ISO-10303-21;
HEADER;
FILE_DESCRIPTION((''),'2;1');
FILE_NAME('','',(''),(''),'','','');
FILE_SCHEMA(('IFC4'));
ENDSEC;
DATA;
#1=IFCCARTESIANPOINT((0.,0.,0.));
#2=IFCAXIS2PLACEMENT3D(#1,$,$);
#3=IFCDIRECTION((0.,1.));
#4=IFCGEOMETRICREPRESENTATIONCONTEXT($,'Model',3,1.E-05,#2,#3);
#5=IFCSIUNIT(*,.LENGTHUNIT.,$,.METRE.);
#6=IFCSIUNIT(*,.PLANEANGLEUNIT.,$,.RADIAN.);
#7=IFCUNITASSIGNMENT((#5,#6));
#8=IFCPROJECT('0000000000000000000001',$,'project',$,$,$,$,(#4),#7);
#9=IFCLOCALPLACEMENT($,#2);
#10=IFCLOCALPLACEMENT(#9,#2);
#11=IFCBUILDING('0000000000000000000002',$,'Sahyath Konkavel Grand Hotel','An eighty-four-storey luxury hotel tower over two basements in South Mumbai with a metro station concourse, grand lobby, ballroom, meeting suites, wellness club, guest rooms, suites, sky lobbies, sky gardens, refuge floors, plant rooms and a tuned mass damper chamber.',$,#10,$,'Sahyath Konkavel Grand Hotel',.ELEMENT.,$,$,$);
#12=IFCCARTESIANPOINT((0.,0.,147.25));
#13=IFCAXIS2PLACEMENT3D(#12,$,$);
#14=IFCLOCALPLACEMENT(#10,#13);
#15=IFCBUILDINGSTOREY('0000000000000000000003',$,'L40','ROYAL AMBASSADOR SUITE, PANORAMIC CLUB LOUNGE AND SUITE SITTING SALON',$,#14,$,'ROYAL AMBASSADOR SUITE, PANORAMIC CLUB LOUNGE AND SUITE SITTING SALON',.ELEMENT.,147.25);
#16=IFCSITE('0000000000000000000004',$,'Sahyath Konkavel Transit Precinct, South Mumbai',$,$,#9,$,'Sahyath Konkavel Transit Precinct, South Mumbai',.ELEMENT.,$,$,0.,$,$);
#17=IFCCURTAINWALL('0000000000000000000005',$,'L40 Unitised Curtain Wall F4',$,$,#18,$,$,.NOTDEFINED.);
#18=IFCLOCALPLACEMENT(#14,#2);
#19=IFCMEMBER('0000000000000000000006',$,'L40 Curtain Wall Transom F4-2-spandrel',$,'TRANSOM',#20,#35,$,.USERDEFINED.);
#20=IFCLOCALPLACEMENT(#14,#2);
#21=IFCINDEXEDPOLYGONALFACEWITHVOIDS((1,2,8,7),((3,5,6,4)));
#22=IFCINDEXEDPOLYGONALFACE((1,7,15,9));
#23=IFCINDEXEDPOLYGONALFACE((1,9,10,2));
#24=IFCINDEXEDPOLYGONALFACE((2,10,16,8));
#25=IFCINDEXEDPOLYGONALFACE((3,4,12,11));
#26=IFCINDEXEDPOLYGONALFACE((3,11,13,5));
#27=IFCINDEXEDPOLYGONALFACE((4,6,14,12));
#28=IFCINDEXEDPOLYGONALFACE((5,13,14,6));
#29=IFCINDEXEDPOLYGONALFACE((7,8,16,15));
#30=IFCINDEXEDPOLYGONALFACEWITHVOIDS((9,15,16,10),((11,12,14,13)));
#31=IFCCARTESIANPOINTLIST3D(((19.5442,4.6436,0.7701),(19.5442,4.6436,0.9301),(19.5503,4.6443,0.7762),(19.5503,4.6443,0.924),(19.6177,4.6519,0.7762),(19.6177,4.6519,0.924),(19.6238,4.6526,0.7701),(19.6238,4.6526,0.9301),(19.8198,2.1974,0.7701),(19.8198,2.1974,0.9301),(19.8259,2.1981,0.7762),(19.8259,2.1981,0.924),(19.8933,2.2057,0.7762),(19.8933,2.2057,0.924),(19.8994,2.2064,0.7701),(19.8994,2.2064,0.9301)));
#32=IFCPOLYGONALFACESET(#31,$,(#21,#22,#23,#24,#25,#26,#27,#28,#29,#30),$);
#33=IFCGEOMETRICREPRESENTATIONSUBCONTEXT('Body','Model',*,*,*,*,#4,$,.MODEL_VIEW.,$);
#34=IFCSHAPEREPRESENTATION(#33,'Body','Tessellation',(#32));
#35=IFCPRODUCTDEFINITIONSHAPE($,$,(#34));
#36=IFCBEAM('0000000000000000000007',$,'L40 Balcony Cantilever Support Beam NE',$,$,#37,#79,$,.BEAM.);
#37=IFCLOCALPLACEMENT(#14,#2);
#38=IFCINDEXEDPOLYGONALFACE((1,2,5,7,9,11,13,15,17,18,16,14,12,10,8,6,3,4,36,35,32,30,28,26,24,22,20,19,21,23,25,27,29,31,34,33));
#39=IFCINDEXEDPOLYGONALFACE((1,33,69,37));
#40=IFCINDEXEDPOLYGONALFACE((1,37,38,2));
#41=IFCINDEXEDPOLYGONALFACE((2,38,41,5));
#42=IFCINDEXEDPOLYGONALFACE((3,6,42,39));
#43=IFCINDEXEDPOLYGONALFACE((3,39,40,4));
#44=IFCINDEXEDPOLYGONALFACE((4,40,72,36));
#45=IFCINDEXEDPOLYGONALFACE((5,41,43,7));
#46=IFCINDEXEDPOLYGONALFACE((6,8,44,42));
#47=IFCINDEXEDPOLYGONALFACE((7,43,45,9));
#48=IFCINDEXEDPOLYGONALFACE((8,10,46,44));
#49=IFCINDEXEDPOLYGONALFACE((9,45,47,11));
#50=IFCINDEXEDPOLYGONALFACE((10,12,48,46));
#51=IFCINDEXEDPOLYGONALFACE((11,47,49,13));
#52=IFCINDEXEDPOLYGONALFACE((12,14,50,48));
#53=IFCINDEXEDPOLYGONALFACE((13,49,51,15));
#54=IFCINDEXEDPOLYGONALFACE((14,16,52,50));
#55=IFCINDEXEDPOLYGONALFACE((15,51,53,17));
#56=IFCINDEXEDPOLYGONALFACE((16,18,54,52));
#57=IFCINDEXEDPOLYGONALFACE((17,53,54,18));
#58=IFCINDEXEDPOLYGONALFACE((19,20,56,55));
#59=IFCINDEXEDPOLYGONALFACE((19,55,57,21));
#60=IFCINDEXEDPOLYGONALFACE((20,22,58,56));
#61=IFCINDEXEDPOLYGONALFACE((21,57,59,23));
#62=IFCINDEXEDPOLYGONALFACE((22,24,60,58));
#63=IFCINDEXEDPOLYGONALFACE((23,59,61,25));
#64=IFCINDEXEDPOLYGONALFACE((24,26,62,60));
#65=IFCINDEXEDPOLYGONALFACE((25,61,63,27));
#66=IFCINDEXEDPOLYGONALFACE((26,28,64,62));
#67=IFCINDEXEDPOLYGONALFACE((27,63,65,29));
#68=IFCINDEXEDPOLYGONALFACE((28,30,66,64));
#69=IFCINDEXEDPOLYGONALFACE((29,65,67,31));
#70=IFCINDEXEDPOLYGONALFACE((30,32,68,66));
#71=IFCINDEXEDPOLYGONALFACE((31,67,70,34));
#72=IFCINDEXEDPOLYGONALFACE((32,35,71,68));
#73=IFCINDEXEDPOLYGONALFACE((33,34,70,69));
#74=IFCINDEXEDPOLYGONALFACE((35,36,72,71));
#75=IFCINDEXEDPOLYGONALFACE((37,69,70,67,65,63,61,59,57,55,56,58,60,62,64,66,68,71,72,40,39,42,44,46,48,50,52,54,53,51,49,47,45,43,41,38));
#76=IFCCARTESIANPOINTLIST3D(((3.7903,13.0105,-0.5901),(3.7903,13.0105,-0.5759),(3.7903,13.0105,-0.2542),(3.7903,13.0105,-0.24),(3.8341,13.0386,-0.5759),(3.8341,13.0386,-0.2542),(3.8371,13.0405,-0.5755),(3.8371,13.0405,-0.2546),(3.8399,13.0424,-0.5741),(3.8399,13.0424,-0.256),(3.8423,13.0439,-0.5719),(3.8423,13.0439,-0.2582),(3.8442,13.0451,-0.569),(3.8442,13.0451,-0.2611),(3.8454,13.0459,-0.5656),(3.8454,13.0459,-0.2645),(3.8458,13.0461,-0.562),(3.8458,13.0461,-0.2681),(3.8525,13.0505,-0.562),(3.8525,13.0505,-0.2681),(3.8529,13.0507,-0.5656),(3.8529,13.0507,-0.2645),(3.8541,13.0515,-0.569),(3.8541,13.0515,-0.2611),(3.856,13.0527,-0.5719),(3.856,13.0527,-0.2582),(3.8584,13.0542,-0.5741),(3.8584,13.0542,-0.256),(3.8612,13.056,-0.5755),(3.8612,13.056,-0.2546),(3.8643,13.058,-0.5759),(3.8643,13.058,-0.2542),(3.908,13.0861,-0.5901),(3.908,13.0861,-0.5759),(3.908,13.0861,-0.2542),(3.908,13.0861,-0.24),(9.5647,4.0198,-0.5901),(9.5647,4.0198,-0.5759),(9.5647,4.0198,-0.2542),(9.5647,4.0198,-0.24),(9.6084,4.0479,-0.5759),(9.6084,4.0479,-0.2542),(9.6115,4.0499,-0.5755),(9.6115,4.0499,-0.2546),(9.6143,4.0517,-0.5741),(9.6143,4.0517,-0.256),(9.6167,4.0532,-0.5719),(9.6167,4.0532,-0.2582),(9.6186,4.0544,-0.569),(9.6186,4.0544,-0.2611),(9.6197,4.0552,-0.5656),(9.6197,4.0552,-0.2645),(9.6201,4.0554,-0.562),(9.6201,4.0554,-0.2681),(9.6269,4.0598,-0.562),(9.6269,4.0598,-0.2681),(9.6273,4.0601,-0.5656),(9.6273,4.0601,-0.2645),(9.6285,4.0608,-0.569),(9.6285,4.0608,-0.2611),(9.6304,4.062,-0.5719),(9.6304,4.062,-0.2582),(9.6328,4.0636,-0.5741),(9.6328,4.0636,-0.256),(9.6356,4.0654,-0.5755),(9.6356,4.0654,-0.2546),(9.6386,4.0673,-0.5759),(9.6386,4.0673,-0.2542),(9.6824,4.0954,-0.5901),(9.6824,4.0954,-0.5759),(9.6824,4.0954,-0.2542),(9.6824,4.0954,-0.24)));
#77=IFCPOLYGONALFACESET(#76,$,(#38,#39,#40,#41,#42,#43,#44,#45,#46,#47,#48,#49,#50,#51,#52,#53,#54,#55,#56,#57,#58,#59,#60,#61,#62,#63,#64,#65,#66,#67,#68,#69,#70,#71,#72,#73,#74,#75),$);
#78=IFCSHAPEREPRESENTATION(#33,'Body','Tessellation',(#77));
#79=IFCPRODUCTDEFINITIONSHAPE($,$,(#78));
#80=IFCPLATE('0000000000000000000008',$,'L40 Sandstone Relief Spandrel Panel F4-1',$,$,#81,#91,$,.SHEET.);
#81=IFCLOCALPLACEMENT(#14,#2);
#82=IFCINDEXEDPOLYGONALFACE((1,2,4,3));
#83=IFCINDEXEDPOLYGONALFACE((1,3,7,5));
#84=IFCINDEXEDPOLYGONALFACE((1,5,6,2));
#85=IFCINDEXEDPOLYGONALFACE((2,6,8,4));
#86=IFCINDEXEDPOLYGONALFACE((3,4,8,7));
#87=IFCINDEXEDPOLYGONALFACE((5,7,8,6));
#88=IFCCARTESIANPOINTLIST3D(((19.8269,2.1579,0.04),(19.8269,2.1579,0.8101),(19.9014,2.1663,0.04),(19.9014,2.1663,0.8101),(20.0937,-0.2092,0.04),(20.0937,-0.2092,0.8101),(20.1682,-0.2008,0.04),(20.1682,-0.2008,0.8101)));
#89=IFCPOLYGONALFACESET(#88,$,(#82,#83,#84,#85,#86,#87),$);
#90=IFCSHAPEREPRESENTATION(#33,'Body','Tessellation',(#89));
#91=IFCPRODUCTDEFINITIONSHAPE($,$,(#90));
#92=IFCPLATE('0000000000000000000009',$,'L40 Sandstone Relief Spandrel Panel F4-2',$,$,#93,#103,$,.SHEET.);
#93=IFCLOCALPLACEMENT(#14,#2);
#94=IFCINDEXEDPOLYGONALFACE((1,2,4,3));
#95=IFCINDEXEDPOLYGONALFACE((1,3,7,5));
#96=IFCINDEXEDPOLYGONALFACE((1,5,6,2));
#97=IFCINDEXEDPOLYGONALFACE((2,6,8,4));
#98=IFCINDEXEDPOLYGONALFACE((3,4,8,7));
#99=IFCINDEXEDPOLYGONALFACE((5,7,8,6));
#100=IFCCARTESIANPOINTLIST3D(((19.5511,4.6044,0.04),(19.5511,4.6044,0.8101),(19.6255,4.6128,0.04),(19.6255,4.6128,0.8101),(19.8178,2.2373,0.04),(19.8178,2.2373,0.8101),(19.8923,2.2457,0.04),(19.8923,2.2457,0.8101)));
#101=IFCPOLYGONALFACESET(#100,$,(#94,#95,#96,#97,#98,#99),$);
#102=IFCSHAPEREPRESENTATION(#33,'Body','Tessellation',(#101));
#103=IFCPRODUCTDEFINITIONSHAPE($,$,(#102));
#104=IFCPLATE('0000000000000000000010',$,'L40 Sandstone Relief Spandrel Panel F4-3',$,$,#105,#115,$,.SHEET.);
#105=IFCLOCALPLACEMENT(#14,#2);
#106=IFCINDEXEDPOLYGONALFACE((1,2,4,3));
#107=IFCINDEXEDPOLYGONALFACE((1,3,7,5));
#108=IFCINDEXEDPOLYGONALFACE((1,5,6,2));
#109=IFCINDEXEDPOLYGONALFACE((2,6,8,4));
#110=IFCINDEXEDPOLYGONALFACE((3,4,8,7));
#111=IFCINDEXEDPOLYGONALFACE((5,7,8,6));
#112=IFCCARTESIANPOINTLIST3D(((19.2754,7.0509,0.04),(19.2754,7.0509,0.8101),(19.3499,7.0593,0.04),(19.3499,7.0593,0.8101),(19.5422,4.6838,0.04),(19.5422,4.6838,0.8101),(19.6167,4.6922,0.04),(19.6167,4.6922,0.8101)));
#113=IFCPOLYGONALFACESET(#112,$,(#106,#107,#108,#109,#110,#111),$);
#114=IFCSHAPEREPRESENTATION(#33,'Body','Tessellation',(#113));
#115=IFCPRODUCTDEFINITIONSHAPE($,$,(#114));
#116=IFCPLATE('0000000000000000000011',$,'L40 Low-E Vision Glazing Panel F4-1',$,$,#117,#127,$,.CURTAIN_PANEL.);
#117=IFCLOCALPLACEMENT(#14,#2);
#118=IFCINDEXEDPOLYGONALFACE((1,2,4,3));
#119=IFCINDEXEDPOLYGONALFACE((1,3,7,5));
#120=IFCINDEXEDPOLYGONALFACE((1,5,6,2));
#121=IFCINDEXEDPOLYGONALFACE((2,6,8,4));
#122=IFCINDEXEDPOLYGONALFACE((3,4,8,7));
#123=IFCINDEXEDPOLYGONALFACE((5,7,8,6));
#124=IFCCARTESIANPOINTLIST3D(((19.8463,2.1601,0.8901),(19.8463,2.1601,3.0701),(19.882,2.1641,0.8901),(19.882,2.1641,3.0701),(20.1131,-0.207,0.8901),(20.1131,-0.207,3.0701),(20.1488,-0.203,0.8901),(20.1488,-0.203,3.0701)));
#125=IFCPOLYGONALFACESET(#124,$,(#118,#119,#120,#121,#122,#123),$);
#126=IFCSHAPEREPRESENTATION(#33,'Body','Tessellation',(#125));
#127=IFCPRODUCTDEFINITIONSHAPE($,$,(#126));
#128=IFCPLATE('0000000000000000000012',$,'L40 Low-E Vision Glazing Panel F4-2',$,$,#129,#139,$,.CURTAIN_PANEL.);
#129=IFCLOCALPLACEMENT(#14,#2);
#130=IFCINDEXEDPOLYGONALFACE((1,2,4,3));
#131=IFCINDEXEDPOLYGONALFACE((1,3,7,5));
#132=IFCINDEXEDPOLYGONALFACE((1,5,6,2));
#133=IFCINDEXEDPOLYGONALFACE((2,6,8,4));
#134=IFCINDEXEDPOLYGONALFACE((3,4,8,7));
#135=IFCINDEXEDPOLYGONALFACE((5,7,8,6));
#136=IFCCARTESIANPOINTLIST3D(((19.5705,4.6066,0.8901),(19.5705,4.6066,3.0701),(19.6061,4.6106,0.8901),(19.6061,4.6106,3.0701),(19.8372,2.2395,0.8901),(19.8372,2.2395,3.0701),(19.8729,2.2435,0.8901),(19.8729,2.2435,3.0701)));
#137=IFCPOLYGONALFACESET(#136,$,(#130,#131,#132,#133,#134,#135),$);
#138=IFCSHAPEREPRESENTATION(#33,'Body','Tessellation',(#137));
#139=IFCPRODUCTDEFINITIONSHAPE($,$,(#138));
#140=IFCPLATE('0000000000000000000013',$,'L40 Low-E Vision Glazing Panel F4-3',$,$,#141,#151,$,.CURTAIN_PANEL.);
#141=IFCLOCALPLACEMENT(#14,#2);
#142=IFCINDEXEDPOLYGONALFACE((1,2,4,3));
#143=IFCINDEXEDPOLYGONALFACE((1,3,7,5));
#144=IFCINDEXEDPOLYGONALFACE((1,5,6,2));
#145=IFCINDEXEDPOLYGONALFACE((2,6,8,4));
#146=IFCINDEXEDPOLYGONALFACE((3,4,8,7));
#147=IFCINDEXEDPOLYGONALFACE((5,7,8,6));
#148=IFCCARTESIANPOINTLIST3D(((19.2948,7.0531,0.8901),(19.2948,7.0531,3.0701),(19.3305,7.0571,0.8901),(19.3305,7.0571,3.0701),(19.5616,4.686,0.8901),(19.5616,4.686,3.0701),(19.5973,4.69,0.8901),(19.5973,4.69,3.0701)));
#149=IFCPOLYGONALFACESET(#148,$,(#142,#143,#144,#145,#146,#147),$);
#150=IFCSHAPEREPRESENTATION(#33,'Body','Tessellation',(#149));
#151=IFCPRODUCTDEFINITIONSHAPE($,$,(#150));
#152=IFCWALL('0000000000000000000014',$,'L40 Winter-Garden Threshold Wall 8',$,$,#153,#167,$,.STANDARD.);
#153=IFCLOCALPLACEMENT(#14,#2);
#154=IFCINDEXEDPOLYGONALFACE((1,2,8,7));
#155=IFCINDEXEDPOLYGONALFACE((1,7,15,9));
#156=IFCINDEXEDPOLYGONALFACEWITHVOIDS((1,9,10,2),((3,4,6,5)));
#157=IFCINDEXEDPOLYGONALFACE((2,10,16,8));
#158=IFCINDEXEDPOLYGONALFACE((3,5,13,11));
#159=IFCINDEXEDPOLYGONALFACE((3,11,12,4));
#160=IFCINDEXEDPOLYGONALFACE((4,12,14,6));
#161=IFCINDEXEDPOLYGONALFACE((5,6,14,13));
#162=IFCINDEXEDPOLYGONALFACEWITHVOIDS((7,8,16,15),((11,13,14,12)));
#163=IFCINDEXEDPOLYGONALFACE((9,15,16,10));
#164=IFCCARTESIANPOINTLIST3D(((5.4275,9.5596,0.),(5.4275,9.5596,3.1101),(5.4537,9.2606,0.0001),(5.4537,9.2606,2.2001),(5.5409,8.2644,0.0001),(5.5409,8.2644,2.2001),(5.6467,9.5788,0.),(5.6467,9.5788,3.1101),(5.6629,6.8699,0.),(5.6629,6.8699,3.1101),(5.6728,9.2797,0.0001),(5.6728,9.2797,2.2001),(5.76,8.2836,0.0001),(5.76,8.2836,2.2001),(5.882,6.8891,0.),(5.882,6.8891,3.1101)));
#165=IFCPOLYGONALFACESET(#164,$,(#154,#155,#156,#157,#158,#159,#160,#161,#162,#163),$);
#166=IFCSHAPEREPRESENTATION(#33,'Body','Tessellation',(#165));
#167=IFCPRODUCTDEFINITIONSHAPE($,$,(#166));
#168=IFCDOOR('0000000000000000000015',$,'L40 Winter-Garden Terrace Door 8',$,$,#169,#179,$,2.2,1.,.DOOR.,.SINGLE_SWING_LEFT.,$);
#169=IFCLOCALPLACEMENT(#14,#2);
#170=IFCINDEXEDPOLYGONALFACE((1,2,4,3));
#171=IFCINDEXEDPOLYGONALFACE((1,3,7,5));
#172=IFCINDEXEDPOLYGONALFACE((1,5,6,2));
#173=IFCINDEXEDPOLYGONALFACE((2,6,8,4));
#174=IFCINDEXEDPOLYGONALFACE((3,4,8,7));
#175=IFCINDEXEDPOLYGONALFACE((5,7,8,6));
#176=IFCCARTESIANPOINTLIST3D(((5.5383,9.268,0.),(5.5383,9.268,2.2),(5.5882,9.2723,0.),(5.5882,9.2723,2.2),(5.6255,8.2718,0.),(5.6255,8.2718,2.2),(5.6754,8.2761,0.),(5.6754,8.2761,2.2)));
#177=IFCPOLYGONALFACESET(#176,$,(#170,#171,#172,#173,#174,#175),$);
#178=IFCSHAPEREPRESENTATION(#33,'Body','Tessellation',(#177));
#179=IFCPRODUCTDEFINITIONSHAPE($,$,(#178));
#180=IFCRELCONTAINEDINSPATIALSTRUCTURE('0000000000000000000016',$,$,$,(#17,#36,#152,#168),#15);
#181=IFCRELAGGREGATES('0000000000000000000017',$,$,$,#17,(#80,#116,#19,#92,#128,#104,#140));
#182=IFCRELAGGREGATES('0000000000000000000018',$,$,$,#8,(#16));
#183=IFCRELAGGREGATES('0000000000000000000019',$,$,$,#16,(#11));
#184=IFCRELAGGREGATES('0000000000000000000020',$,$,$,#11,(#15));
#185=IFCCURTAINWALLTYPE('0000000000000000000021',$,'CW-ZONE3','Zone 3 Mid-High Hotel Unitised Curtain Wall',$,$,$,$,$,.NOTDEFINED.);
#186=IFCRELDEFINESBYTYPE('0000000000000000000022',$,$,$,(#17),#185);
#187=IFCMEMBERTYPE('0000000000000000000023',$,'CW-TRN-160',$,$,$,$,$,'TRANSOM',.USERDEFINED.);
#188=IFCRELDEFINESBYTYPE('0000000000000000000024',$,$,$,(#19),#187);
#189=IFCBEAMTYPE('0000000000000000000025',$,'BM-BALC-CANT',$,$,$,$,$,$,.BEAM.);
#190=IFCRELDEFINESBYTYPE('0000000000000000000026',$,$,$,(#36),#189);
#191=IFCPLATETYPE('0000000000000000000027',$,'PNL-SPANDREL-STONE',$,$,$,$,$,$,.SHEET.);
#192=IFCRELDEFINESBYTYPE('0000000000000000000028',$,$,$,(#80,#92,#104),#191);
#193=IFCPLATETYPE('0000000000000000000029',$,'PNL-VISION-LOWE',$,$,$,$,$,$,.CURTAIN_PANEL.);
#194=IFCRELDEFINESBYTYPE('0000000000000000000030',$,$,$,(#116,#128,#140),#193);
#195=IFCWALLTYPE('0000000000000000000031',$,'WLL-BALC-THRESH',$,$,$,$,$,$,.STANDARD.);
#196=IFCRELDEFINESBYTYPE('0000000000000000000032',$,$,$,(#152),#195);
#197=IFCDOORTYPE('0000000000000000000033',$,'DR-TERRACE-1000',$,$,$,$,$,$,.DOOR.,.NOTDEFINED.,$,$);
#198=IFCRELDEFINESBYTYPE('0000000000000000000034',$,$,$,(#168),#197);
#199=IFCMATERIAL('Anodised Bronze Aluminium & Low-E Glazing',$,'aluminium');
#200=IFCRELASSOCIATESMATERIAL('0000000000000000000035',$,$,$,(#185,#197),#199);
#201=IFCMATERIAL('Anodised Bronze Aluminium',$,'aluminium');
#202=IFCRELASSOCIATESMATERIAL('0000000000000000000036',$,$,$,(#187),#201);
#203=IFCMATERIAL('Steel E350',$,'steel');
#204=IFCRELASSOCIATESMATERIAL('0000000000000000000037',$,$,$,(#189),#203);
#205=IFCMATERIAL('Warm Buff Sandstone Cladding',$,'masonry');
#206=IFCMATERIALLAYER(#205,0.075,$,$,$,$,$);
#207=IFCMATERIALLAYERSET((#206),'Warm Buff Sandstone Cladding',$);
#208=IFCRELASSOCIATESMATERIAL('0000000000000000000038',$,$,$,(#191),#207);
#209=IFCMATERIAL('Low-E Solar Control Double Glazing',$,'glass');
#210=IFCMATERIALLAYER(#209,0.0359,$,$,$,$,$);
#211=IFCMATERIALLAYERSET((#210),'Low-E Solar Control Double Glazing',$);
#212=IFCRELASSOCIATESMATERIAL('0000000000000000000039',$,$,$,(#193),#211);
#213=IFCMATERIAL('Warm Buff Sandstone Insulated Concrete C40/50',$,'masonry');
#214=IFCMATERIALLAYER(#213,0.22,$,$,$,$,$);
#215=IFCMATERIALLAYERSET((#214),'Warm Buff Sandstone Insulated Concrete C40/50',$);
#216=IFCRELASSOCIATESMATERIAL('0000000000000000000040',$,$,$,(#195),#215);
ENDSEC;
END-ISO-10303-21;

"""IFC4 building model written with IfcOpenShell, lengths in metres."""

from ifc_helpers import new_model, si_unit, direction, frame, frame_2d, origin, origin_2d, place, context, subcontext, project, spatial, rectangle, hollow_rectangle, i_section, extrude, source, transform, mapped, material, layer, layer_set, material_profile, profile_set, type_object, element, fill, aggregate, save


model = new_model("IFC4")

# Units and contexts
model_context = context("Model", 3, precision=1e-05, world=origin(), true_north=direction((0.0, 1.0)))
body_context = subcontext(model_context, "Body", "Model", "MODEL_VIEW")
ifc_project = project(units=[si_unit("LENGTHUNIT", "METRE"), si_unit("PLANEANGLEUNIT", "RADIAN")], contexts=[model_context])

# Site, building, storey
site_placement = place(None, origin())
site = spatial("IfcSite", under=ifc_project, at=site_placement, Name="Sahyath Konkavel Transit Precinct, South Mumbai", LongName="Sahyath Konkavel Transit Precinct, South Mumbai", CompositionType="ELEMENT", RefElevation=0.0)
building_placement = place(site_placement, origin())
building = spatial("IfcBuilding", under=site, at=building_placement, Name="Sahyath Konkavel Grand Hotel", Description="An eighty-four-storey luxury hotel tower over two basements in South Mumbai with a metro station concourse, grand lobby, ballroom, meeting suites, wellness club, guest rooms, suites, sky lobbies, sky gardens, refuge floors, plant rooms and a tuned mass damper chamber.", LongName="Sahyath Konkavel Grand Hotel", CompositionType="ELEMENT")
storey_placement = place(building_placement, frame((0.0, 0.0, 147.25)))
storey = spatial("IfcBuildingStorey", under=building, at=storey_placement, Name="L40", Description="ROYAL AMBASSADOR SUITE, PANORAMIC CLUB LOUNGE AND SUITE SITTING SALON", LongName="ROYAL AMBASSADOR SUITE, PANORAMIC CLUB LOUNGE AND SUITE SITTING SALON", CompositionType="ELEMENT", Elevation=147.25)

# Shared definitions
ifc_material_1 = material(Name="Steel E350", Category="steel")

# Curtain wall
ifc_material_2 = material(Name="Anodised Bronze Aluminium & Low-E Glazing", Category="aluminium")
curtain_wall_type = type_object("IfcCurtainWallType", Name="CW-ZONE3", Description="Zone 3 Mid-High Hotel Unitised Curtain Wall", PredefinedType="NOTDEFINED", material=ifc_material_2)
curtain_wall_1_placement = place(storey_placement, origin())
curtain_wall_1 = element("IfcCurtainWall", 1, at=curtain_wall_1_placement, inside=storey, type_object=curtain_wall_type, Name="L40 Unitised Curtain Wall F4", PredefinedType="NOTDEFINED")
ifc_material_3 = material(Name="Anodised Bronze Aluminium", Category="aluminium")

# Member
ifc_material_profile_1 = material_profile(ifc_material_3, hollow_rectangle(XDim=0.0801, YDim=0.1599, WallThickness=0.0061, at=origin_2d()), Name="RHS 160x80x6")
ifc_profile_set_1 = profile_set([ifc_material_profile_1], Name="Anodised Bronze Aluminium")
member_type_1 = type_object("IfcMemberType", Name="CW-TRN-160", ElementType="TRANSOM", PredefinedType="USERDEFINED", material=ifc_profile_set_1)
shared_shape_1 = source(origin(), body_context, "Body", "SweptSolid", [
    extrude(hollow_rectangle(XDim=0.0801, YDim=0.1599, WallThickness=0.0061, at=origin_2d()), origin(), (0.0, 0.0, 1.0), 2.4617),
])
member_1_placement = place(storey_placement, frame((19.8596, 2.2019, 0.8501), z_axis=(-0.111966, 0.993712, 0.0), x_axis=(-0.993712, -0.111966, 0.0)))
member_1 = element("IfcMember", 2, at=member_1_placement, type_object=member_type_1, Name="L40 Curtain Wall Transom F4-2-spandrel", ObjectType="TRANSOM", PredefinedType="USERDEFINED", context=body_context, shape_type="MappedRepresentation", body=[
    mapped(shared_shape_1, transform((0.0, 0.0, 0.0), scale=1.0)),
])

# Beam
ifc_material_profile_2 = material_profile(ifc_material_1, i_section(OverallWidth=0.1399, OverallDepth=0.3501, WebThickness=0.0081, FlangeThickness=0.0142, FilletRadius=0.0139, at=origin_2d()), Name="ISMB 350")
ifc_profile_set_2 = profile_set([ifc_material_profile_2], Name="Steel E350")
beam_type_1 = type_object("IfcBeamType", Name="BM-BALC-CANT", PredefinedType="BEAM", material=ifc_profile_set_2)
shared_shape_2 = source(origin(), body_context, "Body", "SweptSolid", [
    extrude(i_section(OverallWidth=0.1399, OverallDepth=0.3501, WebThickness=0.0081, FlangeThickness=0.0142, FilletRadius=0.0139, at=origin_2d()), origin(), (0.0, 0.0, 1.0), 10.6853),
])
beam_1_placement = place(storey_placement, frame((9.6235, 4.0576, -0.415), z_axis=(-0.540404, 0.841406, 0.0), x_axis=(-0.841406, -0.540404, 0.0)))
element("IfcBeam", 3, at=beam_1_placement, inside=storey, type_object=beam_type_1, Name="L40 Balcony Cantilever Support Beam NE", PredefinedType="BEAM", context=body_context, shape_type="MappedRepresentation", body=[
    mapped(shared_shape_2, transform((0.0, 0.0, 0.0), scale=1.0)),
])

# Plates
ifc_material_4 = material(Name="Warm Buff Sandstone Cladding", Category="masonry")
ifc_layer_1 = layer(ifc_material_4, 0.075)
ifc_layer_set_1 = layer_set([ifc_layer_1], Name="Warm Buff Sandstone Cladding")
plate_type_1 = type_object("IfcPlateType", Name="PNL-SPANDREL-STONE", PredefinedType="SHEET", material=ifc_layer_set_1)
shared_shape_3 = source(origin(), body_context, "Body", "SweptSolid", [
    extrude(rectangle(XDim=2.3821, YDim=0.075, at=origin_2d()), origin(), (0.0, 0.0, 1.0), 0.77),
])
plate_1_placement = place(storey_placement, frame((19.9976, 0.9785, 0.04), z_axis=(0.0, 0.0, 1.0), x_axis=(-0.111989, 0.993709, 0.0)))
plate_1 = element("IfcPlate", 4, at=plate_1_placement, type_object=plate_type_1, Name="L40 Sandstone Relief Spandrel Panel F4-1", PredefinedType="SHEET", context=body_context, shape_type="MappedRepresentation", body=[
    mapped(shared_shape_3, transform((0.0, 0.0, 0.0), scale=1.0)),
])
plate_2_placement = place(storey_placement, frame((19.7217, 3.425, 0.04), z_axis=(0.0, 0.0, 1.0), x_axis=(-0.111989, 0.993709, 0.0)))
plate_2 = element("IfcPlate", 5, at=plate_2_placement, type_object=plate_type_1, Name="L40 Sandstone Relief Spandrel Panel F4-2", PredefinedType="SHEET", context=body_context, shape_type="MappedRepresentation", body=[
    mapped(shared_shape_3, transform((0.0, 0.0, 0.0), scale=1.0)),
])
plate_3_placement = place(storey_placement, frame((19.446, 5.8716, 0.04), z_axis=(0.0, 0.0, 1.0), x_axis=(-0.111989, 0.993709, 0.0)))
plate_3 = element("IfcPlate", 6, at=plate_3_placement, type_object=plate_type_1, Name="L40 Sandstone Relief Spandrel Panel F4-3", PredefinedType="SHEET", context=body_context, shape_type="MappedRepresentation", body=[
    mapped(shared_shape_3, transform((0.0, 0.0, 0.0), scale=1.0)),
])
ifc_material_5 = material(Name="Low-E Solar Control Double Glazing", Category="glass")
ifc_layer_2 = layer(ifc_material_5, 0.0359)
ifc_layer_set_2 = layer_set([ifc_layer_2], Name="Low-E Solar Control Double Glazing")
plate_type_2 = type_object("IfcPlateType", Name="PNL-VISION-LOWE", PredefinedType="CURTAIN_PANEL", material=ifc_layer_set_2)
shared_shape_4 = source(origin(), body_context, "Body", "SweptSolid", [
    extrude(rectangle(XDim=2.3821, YDim=0.0359, at=origin_2d()), origin(), (0.0, 0.0, 1.0), 2.1799),
])
plate_4_placement = place(storey_placement, frame((19.9976, 0.9785, 0.8901), z_axis=(0.0, 0.0, 1.0), x_axis=(-0.111989, 0.993709, 0.0)))
plate_4 = element("IfcPlate", 7, at=plate_4_placement, type_object=plate_type_2, Name="L40 Low-E Vision Glazing Panel F4-1", PredefinedType="CURTAIN_PANEL", context=body_context, shape_type="MappedRepresentation", body=[
    mapped(shared_shape_4, transform((0.0, 0.0, 0.0), scale=1.0)),
])
plate_5_placement = place(storey_placement, frame((19.7217, 3.425, 0.8901), z_axis=(0.0, 0.0, 1.0), x_axis=(-0.111989, 0.993709, 0.0)))
plate_5 = element("IfcPlate", 8, at=plate_5_placement, type_object=plate_type_2, Name="L40 Low-E Vision Glazing Panel F4-2", PredefinedType="CURTAIN_PANEL", context=body_context, shape_type="MappedRepresentation", body=[
    mapped(shared_shape_4, transform((0.0, 0.0, 0.0), scale=1.0)),
])
plate_6_placement = place(storey_placement, frame((19.446, 5.8716, 0.8901), z_axis=(0.0, 0.0, 1.0), x_axis=(-0.111989, 0.993709, 0.0)))
plate_6 = element("IfcPlate", 9, at=plate_6_placement, type_object=plate_type_2, Name="L40 Low-E Vision Glazing Panel F4-3", PredefinedType="CURTAIN_PANEL", context=body_context, shape_type="MappedRepresentation", body=[
    mapped(shared_shape_4, transform((0.0, 0.0, 0.0), scale=1.0)),
])
aggregate(curtain_wall_1, [plate_1, plate_4, member_1, plate_2, plate_5, plate_3, plate_6])

# Wall, opening, door
ifc_material_6 = material(Name="Warm Buff Sandstone Insulated Concrete C40/50", Category="masonry")
ifc_layer_3 = layer(ifc_material_6, 0.22)
ifc_layer_set_3 = layer_set([ifc_layer_3], Name="Warm Buff Sandstone Insulated Concrete C40/50")
wall_type_1 = type_object("IfcWallType", Name="WLL-BALC-THRESH", PredefinedType="STANDARD", material=ifc_layer_set_3)
wall_1_placement = place(storey_placement, frame((5.7725, 6.8794, 0.0), z_axis=(0.0, 0.0, 1.0), x_axis=(-0.087168, 0.996194, 0.0)))
wall_1 = element("IfcWall", 10, at=wall_1_placement, inside=storey, type_object=wall_type_1, Name="L40 Winter-Garden Threshold Wall 8", PredefinedType="STANDARD", context=body_context, shape_type="SweptSolid", body=[
    extrude(rectangle(XDim=2.7, YDim=0.22, at=frame_2d((1.3501, 0.0))), origin(), (0.0, 0.0, 1.0), 3.1101),
])
opening_1_placement = place(wall_1_placement, frame((1.3999, 0.0, 0.0)))
opening_1 = element("IfcOpeningElement", 11, at=opening_1_placement, cuts=wall_1, PredefinedType="OPENING", context=body_context, shape_type="SweptSolid", body=[
    extrude(rectangle(XDim=1.0, YDim=2.2, at=frame_2d((0.5, 1.1001))), frame((0.0, 0.1201, 0.0), z_axis=(0.0, -1.0, 0.0), x_axis=(1.0, 0.0, 0.0)), (0.0, 0.0, 1.0), 0.24),
])
door_type_1 = type_object("IfcDoorType", Name="DR-TERRACE-1000", OperationType="NOTDEFINED", PredefinedType="DOOR", material=ifc_material_2)
shared_shape_5 = source(origin(), body_context, "Body", "SweptSolid", [
    extrude(rectangle(XDim=1.0, YDim=0.05, at=origin_2d()), origin(), (0.0, 0.0, 1.0), 2.2),
])
door_1_placement = place(opening_1_placement, frame((0.5, 0.0, 0.0)))
door_1 = element("IfcDoor", 12, at=door_1_placement, inside=storey, type_object=door_type_1, Name="L40 Winter-Garden Terrace Door 8", OperationType="SINGLE_SWING_LEFT", OverallHeight=2.2, OverallWidth=1.0, PredefinedType="DOOR", context=body_context, shape_type="MappedRepresentation", body=[
    mapped(shared_shape_5, transform((0.0, 0.0, 0.0), scale=1.0)),
])
fill(opening_1, door_1)

save(model, "model.ifc")
